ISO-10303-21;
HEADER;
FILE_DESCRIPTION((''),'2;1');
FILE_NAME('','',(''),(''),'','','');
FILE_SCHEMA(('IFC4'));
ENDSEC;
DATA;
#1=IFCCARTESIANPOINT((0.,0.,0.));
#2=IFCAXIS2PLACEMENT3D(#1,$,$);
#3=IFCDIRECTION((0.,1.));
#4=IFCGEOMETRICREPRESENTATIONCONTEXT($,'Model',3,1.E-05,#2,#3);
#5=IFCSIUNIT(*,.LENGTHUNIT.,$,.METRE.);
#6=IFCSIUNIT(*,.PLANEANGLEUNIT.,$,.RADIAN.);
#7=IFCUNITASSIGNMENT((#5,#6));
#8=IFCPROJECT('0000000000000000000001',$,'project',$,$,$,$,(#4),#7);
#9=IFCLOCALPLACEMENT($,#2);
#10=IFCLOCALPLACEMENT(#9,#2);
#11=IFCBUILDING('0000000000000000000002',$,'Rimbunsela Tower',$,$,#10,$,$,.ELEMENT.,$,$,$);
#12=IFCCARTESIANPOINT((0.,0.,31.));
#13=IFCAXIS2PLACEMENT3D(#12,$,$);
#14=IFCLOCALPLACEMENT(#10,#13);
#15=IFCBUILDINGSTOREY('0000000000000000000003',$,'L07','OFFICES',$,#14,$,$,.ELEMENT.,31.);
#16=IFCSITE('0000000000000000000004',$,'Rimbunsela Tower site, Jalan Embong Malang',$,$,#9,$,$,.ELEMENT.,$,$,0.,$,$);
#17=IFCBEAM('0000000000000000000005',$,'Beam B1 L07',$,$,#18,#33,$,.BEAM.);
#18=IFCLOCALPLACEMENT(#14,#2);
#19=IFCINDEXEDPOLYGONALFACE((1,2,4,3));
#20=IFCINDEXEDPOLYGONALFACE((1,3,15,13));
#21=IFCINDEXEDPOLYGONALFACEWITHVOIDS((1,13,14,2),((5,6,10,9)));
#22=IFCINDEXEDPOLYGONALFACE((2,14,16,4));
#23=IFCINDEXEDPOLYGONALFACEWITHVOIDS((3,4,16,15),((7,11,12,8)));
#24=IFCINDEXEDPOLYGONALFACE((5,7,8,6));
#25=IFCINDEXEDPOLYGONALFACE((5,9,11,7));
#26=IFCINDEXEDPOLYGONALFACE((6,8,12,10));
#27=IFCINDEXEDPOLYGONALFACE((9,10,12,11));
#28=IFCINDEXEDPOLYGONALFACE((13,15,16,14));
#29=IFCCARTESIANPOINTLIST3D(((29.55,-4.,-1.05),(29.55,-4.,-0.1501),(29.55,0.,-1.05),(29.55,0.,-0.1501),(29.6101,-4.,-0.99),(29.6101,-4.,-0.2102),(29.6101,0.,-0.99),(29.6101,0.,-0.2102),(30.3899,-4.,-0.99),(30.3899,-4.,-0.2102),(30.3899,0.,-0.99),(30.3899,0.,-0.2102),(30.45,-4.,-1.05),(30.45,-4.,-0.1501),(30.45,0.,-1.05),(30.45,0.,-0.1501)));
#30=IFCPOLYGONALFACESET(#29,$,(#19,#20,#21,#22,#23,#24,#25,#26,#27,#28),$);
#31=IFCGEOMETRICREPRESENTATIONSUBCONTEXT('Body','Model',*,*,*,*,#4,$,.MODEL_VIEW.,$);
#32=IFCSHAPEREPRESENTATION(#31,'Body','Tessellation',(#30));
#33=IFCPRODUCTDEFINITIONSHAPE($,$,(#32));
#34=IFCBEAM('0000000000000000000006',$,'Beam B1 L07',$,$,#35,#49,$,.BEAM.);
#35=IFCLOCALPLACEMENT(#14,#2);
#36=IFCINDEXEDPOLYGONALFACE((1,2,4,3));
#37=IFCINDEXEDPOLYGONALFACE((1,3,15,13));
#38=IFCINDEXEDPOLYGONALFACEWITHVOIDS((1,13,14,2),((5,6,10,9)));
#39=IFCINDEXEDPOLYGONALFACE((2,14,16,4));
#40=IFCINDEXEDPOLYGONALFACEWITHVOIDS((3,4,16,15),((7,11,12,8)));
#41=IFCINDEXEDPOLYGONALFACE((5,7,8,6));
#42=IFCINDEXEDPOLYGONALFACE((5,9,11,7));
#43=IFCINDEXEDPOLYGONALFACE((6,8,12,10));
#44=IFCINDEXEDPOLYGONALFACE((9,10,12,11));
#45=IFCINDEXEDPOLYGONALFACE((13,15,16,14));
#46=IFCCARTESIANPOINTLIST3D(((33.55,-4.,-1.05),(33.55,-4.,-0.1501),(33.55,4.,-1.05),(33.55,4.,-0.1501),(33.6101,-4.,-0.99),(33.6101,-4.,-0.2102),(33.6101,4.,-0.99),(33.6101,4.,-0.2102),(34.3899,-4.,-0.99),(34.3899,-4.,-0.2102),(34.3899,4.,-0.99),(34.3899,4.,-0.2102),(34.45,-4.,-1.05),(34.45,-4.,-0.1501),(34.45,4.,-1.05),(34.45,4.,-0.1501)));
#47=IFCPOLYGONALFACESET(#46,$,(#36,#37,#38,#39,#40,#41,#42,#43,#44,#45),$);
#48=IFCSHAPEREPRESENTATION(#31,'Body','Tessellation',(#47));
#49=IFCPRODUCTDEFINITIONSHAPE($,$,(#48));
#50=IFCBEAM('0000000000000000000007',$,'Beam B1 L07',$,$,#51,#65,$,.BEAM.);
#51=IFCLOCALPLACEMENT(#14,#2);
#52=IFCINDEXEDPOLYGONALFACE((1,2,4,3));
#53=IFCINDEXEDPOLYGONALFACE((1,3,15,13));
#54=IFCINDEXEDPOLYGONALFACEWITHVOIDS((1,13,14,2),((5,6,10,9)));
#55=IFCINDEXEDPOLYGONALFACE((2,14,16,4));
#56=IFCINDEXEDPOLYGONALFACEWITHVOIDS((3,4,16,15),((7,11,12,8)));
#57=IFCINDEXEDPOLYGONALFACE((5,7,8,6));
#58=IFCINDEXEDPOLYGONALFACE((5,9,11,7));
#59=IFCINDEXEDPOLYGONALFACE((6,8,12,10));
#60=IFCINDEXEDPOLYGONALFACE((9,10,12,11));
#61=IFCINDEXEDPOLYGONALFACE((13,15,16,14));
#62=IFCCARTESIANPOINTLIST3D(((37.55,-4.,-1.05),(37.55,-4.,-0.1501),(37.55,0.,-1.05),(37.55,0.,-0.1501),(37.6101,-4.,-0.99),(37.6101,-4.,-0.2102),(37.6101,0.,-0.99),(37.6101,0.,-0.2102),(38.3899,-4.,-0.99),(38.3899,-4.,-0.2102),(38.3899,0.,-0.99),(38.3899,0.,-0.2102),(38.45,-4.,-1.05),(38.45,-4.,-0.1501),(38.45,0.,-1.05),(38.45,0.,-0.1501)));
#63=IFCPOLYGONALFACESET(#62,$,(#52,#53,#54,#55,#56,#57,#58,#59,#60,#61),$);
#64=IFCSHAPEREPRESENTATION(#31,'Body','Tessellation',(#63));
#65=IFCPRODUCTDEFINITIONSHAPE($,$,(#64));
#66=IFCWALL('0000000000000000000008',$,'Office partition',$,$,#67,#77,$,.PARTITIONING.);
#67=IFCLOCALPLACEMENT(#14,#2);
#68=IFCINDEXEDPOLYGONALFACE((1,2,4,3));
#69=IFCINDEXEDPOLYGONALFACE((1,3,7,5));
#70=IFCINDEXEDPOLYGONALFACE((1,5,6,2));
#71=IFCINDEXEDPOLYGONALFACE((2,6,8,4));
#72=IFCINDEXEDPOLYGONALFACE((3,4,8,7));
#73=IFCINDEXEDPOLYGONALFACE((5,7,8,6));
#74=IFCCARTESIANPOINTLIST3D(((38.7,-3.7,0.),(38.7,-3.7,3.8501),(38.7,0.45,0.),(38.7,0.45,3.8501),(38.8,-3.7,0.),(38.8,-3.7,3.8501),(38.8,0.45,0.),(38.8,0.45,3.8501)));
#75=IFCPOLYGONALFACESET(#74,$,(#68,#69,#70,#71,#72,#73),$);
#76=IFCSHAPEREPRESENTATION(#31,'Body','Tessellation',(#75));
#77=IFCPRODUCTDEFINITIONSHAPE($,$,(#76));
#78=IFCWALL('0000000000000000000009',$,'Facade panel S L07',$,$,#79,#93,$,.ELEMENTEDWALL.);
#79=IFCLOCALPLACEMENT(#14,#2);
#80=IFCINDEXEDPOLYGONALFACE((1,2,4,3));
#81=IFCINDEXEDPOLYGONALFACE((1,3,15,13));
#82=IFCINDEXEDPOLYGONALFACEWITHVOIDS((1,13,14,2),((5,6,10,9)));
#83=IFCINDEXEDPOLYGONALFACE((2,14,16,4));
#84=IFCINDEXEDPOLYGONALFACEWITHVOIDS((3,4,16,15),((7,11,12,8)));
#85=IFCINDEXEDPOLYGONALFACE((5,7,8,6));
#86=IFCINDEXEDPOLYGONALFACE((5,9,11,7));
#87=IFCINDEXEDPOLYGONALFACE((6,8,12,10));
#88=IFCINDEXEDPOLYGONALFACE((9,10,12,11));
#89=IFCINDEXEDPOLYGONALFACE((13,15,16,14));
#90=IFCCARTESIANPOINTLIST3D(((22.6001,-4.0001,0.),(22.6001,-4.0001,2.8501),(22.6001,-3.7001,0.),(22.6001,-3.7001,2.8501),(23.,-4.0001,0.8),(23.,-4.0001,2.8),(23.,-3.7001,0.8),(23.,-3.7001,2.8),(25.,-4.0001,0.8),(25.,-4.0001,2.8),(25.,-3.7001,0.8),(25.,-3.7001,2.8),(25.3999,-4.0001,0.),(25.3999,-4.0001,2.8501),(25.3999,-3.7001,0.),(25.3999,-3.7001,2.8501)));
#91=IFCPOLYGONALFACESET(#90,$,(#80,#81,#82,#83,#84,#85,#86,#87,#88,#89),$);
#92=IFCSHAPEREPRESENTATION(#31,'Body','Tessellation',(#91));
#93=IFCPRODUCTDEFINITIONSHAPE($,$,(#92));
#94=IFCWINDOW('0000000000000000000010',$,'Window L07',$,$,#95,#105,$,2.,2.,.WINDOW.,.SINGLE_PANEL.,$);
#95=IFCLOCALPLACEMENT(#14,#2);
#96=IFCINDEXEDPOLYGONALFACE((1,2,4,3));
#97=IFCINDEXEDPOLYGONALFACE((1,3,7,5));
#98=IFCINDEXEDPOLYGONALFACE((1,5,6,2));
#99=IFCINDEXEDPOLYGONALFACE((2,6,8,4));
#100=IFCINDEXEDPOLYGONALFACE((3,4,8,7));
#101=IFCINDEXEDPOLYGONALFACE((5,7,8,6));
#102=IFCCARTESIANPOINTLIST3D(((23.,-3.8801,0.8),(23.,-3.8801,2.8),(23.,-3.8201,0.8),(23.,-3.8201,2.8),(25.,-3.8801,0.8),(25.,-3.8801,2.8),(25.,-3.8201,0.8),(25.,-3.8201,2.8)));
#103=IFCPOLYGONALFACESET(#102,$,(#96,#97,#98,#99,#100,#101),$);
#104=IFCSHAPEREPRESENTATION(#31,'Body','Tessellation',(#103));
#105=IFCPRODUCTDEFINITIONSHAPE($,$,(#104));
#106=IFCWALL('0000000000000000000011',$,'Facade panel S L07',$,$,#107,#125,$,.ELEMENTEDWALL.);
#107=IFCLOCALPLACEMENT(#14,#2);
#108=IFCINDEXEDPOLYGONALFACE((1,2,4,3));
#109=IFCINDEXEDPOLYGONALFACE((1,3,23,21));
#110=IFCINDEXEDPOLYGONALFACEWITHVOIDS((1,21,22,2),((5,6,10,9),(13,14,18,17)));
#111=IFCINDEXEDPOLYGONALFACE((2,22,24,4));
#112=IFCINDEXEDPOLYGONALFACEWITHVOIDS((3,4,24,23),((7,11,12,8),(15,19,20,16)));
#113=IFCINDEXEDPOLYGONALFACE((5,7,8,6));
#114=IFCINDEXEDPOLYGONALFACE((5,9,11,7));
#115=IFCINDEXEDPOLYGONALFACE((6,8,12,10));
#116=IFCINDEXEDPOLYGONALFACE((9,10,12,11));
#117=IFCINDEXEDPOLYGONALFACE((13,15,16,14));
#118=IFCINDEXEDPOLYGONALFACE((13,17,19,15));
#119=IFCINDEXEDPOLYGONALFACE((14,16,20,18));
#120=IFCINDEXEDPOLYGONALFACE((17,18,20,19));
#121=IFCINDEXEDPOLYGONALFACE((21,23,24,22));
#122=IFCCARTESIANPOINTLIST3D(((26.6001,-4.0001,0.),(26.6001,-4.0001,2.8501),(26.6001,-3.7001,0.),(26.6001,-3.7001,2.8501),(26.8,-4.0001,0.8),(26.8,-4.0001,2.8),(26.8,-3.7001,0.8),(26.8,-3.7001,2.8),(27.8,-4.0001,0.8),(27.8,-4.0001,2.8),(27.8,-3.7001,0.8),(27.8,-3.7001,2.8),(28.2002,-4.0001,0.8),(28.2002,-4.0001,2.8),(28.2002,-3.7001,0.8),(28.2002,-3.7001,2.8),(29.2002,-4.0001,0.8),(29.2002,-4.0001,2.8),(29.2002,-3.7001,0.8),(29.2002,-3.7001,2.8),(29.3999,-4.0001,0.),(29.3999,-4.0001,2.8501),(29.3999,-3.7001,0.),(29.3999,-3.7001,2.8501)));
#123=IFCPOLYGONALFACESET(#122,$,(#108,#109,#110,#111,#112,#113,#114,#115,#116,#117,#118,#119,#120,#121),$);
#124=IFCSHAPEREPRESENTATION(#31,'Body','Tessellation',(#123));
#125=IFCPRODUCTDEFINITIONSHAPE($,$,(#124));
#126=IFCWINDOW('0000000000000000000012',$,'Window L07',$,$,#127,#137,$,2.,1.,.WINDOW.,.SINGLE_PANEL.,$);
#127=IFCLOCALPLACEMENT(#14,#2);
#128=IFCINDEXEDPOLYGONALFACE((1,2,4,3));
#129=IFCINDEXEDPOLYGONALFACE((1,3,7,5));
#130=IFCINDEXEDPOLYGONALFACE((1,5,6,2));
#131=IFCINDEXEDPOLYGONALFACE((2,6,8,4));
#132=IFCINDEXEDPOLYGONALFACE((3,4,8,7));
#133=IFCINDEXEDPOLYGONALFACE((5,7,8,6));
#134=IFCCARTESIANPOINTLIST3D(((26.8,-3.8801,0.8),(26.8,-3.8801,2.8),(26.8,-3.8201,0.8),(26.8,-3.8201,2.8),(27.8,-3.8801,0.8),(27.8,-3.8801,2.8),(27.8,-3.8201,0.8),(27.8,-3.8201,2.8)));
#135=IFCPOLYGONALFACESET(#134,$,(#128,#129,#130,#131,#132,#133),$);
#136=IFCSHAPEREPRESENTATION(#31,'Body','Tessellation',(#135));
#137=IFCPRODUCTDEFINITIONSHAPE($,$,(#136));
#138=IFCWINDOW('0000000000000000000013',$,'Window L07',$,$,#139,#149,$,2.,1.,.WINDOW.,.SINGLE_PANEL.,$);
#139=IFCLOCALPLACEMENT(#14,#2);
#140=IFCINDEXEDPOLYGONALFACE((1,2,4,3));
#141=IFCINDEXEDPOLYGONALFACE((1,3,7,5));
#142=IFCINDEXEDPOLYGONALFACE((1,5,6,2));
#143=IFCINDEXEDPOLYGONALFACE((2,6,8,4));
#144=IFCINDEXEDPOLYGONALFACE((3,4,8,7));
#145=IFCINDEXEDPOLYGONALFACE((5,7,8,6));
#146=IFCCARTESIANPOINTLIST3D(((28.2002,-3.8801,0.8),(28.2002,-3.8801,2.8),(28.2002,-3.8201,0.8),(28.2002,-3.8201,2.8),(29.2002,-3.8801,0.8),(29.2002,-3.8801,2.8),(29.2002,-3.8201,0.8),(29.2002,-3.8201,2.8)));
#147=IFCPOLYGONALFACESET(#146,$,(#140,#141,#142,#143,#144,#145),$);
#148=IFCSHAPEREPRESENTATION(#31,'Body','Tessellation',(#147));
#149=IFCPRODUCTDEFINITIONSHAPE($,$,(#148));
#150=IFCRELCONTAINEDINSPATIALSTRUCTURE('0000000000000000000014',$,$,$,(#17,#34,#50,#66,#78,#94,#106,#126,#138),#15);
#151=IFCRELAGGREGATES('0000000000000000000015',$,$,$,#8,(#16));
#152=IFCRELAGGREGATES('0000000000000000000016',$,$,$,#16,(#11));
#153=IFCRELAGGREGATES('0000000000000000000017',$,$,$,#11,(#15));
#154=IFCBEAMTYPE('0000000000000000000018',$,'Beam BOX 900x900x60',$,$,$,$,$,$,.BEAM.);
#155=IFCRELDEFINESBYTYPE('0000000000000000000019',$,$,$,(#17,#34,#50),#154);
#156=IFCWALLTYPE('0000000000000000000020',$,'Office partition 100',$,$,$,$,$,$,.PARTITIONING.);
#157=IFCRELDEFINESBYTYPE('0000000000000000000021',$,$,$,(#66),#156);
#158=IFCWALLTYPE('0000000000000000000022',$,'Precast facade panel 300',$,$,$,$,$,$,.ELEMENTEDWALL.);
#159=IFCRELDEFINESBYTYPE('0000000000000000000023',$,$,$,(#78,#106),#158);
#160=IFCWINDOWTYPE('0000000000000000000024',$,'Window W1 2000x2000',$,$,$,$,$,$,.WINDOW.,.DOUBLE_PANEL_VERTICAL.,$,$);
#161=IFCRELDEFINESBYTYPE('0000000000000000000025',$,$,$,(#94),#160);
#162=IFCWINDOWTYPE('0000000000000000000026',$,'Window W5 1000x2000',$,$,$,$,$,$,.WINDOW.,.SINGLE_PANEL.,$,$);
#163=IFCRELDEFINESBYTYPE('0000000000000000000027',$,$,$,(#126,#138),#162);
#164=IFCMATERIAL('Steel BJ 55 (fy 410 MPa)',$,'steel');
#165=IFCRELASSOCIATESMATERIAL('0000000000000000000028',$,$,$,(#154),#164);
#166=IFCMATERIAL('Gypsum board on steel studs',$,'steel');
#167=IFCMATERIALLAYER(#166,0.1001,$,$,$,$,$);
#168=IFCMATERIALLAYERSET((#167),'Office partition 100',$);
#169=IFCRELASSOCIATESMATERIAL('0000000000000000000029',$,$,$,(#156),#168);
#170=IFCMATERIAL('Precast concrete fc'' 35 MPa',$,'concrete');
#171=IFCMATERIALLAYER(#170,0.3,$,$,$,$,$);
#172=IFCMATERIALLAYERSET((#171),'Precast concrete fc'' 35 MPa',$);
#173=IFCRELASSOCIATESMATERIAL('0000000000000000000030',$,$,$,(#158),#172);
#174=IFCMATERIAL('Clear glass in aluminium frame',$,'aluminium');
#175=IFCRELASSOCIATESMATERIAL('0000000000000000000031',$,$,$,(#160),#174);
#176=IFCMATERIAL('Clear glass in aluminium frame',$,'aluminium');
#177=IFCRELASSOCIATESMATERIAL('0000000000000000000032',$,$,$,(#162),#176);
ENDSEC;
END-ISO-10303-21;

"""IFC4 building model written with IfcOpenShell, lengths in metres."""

from ifc_helpers import new_model, si_unit, direction, frame, frame_2d, origin, origin_2d, place, context, subcontext, project, spatial, rectangle, hollow_rectangle, extrude, material, layer, layer_set, material_profile, profile_set, type_object, element, fill, save


model = new_model("IFC4")

# Units and contexts
model_context = context("Model", 3, precision=1e-05, world=origin(), true_north=direction((0.0, 1.0)))
body_context = subcontext(model_context, "Body", "Model", "MODEL_VIEW")
ifc_project = project(units=[si_unit("LENGTHUNIT", "METRE"), si_unit("PLANEANGLEUNIT", "RADIAN")], contexts=[model_context])

# Site, building, storey
site_placement = place(None, origin())
site = spatial("IfcSite", under=ifc_project, at=site_placement, Name="Rimbunsela Tower site, Jalan Embong Malang", CompositionType="ELEMENT", RefElevation=0.0)
building_placement = place(site_placement, origin())
building = spatial("IfcBuilding", under=site, at=building_placement, Name="Rimbunsela Tower", CompositionType="ELEMENT")
storey_placement = place(building_placement, frame((0.0, 0.0, 31.0)))
storey = spatial("IfcBuildingStorey", under=building, at=storey_placement, Name="L07", Description="OFFICES", CompositionType="ELEMENT", Elevation=31.0)

# Beams
ifc_material_1 = material(Name="Steel BJ 55 (fy 410 MPa)", Category="steel")
ifc_material_profile_1 = material_profile(ifc_material_1, hollow_rectangle(XDim=0.8999, YDim=0.8999, WallThickness=0.0601, at=origin_2d()), Name="BOX 900x900x60")
ifc_profile_set_1 = profile_set([ifc_material_profile_1], Name="Steel BJ 55 (fy 410 MPa)")
beam_type_1 = type_object("IfcBeamType", Name="Beam BOX 900x900x60", PredefinedType="BEAM", material=ifc_profile_set_1)
beam_1_placement = place(storey_placement, frame((30.0, -4.0, -0.6001), z_axis=(0.0, 1.0, 0.0), x_axis=(-1.0, 0.0, 0.0)))
element("IfcBeam", 1, at=beam_1_placement, inside=storey, type_object=beam_type_1, Name="Beam B1 L07", PredefinedType="BEAM", context=body_context, shape_type="SweptSolid", body=[
    extrude(hollow_rectangle(XDim=0.8999, YDim=0.8999, WallThickness=0.0601, at=origin_2d()), origin(), (0.0, 0.0, 1.0), 4.0),
])
beam_2_placement = place(storey_placement, frame((34.0, -4.0, -0.6001), z_axis=(0.0, 1.0, 0.0), x_axis=(-1.0, 0.0, 0.0)))
element("IfcBeam", 2, at=beam_2_placement, inside=storey, type_object=beam_type_1, Name="Beam B1 L07", PredefinedType="BEAM", context=body_context, shape_type="SweptSolid", body=[
    extrude(hollow_rectangle(XDim=0.8999, YDim=0.8999, WallThickness=0.0601, at=origin_2d()), origin(), (0.0, 0.0, 1.0), 8.0),
])
beam_3_placement = place(storey_placement, frame((38.0, -4.0, -0.6001), z_axis=(0.0, 1.0, 0.0), x_axis=(-1.0, 0.0, 0.0)))
element("IfcBeam", 3, at=beam_3_placement, inside=storey, type_object=beam_type_1, Name="Beam B1 L07", PredefinedType="BEAM", context=body_context, shape_type="SweptSolid", body=[
    extrude(hollow_rectangle(XDim=0.8999, YDim=0.8999, WallThickness=0.0601, at=origin_2d()), origin(), (0.0, 0.0, 1.0), 4.0),
])

# Wall
ifc_material_2 = material(Name="Gypsum board on steel studs", Category="steel")
ifc_layer_1 = layer(ifc_material_2, 0.1001)
ifc_layer_set_1 = layer_set([ifc_layer_1], Name="Office partition 100")
wall_type_1 = type_object("IfcWallType", Name="Office partition 100", PredefinedType="PARTITIONING", material=ifc_layer_set_1)
wall_1_placement = place(storey_placement, frame((38.75, -3.7, 0.0), z_axis=(0.0, 0.0, 1.0), x_axis=(0.0, 1.0, 0.0)))
element("IfcWall", 4, at=wall_1_placement, inside=storey, type_object=wall_type_1, Name="Office partition", PredefinedType="PARTITIONING", context=body_context, shape_type="SweptSolid", body=[
    extrude(rectangle(XDim=4.1499, YDim=0.1001, at=frame_2d((2.075, 0.0))), origin(), (0.0, 0.0, 1.0), 3.8501),
])

# Wall, opening, window
ifc_material_3 = material(Name="Precast concrete fc' 35 MPa", Category="concrete")
ifc_layer_2 = layer(ifc_material_3, 0.3)
ifc_layer_set_2 = layer_set([ifc_layer_2], Name="Precast concrete fc' 35 MPa")
wall_type_2 = type_object("IfcWallType", Name="Precast facade panel 300", PredefinedType="ELEMENTEDWALL", material=ifc_layer_set_2)
wall_2_placement = place(storey_placement, frame((22.6001, -3.8501, 0.0), z_axis=(0.0, 0.0, 1.0), x_axis=(1.0, 0.0, 0.0)))
wall_2 = element("IfcWall", 5, at=wall_2_placement, inside=storey, type_object=wall_type_2, Name="Facade panel S L07", PredefinedType="ELEMENTEDWALL", context=body_context, shape_type="SweptSolid", body=[
    extrude(rectangle(XDim=2.7998, YDim=0.3, at=frame_2d((1.3999, 0.0))), origin(), (0.0, 0.0, 1.0), 2.8501),
])
opening_1_placement = place(wall_2_placement, frame((0.3999, 0.0, 0.8)))
opening_1 = element("IfcOpeningElement", 6, at=opening_1_placement, cuts=wall_2, PredefinedType="OPENING", context=body_context, shape_type="SweptSolid", body=[
    extrude(rectangle(XDim=2.0, YDim=2.0, at=frame_2d((1.0, 1.0))), frame((0.0, 0.1599, 0.0), z_axis=(0.0, -1.0, 0.0), x_axis=(1.0, 0.0, 0.0)), (0.0, 0.0, 1.0), 0.3201),
])
ifc_material_4 = material(Name="Clear glass in aluminium frame", Category="aluminium")
window_type_1 = type_object("IfcWindowType", Name="Window W1 2000x2000", PartitioningType="DOUBLE_PANEL_VERTICAL", PredefinedType="WINDOW", material=ifc_material_4)
window_1_placement = place(opening_1_placement, origin())
window_1 = element("IfcWindow", 7, at=window_1_placement, inside=storey, type_object=window_type_1, Name="Window L07", OverallHeight=2.0, OverallWidth=2.0, PartitioningType="SINGLE_PANEL", PredefinedType="WINDOW", context=body_context, shape_type="SweptSolid", body=[
    extrude(rectangle(XDim=2.0, YDim=2.0, at=frame_2d((1.0, 1.0))), frame((0.0, 0.03, 0.0), z_axis=(0.0, -1.0, 0.0), x_axis=(1.0, 0.0, 0.0)), (0.0, 0.0, 1.0), 0.0601),
])
fill(opening_1, window_1)

# Wall, openings, windows
wall_3_placement = place(storey_placement, frame((26.6001, -3.8501, 0.0), z_axis=(0.0, 0.0, 1.0), x_axis=(1.0, 0.0, 0.0)))
wall_3 = element("IfcWall", 8, at=wall_3_placement, inside=storey, type_object=wall_type_2, Name="Facade panel S L07", PredefinedType="ELEMENTEDWALL", context=body_context, shape_type="SweptSolid", body=[
    extrude(rectangle(XDim=2.7998, YDim=0.3, at=frame_2d((1.3999, 0.0))), origin(), (0.0, 0.0, 1.0), 2.8501),
])
opening_2_placement = place(wall_3_placement, frame((0.2, 0.0, 0.8)))
opening_2 = element("IfcOpeningElement", 9, at=opening_2_placement, cuts=wall_3, PredefinedType="OPENING", context=body_context, shape_type="SweptSolid", body=[
    extrude(rectangle(XDim=1.0, YDim=2.0, at=frame_2d((0.5, 1.0))), frame((0.0, 0.1599, 0.0), z_axis=(0.0, -1.0, 0.0), x_axis=(1.0, 0.0, 0.0)), (0.0, 0.0, 1.0), 0.3201),
])
opening_3_placement = place(wall_3_placement, frame((1.6001, 0.0, 0.8)))
opening_3 = element("IfcOpeningElement", 10, at=opening_3_placement, cuts=wall_3, PredefinedType="OPENING", context=body_context, shape_type="SweptSolid", body=[
    extrude(rectangle(XDim=1.0, YDim=2.0, at=frame_2d((0.5, 1.0))), frame((0.0, 0.1599, 0.0), z_axis=(0.0, -1.0, 0.0), x_axis=(1.0, 0.0, 0.0)), (0.0, 0.0, 1.0), 0.3201),
])
ifc_material_5 = material(Name="Clear glass in aluminium frame", Category="aluminium")
window_type_2 = type_object("IfcWindowType", Name="Window W5 1000x2000", PartitioningType="SINGLE_PANEL", PredefinedType="WINDOW", material=ifc_material_5)
window_2_placement = place(opening_2_placement, origin())
window_2 = element("IfcWindow", 11, at=window_2_placement, inside=storey, type_object=window_type_2, Name="Window L07", OverallHeight=2.0, OverallWidth=1.0, PartitioningType="SINGLE_PANEL", PredefinedType="WINDOW", context=body_context, shape_type="SweptSolid", body=[
    extrude(rectangle(XDim=1.0, YDim=2.0, at=frame_2d((0.5, 1.0))), frame((0.0, 0.03, 0.0), z_axis=(0.0, -1.0, 0.0), x_axis=(1.0, 0.0, 0.0)), (0.0, 0.0, 1.0), 0.0601),
])
fill(opening_2, window_2)
window_3_placement = place(opening_3_placement, origin())
window_3 = element("IfcWindow", 12, at=window_3_placement, inside=storey, type_object=window_type_2, Name="Window L07", OverallHeight=2.0, OverallWidth=1.0, PartitioningType="SINGLE_PANEL", PredefinedType="WINDOW", context=body_context, shape_type="SweptSolid", body=[
    extrude(rectangle(XDim=1.0, YDim=2.0, at=frame_2d((0.5, 1.0))), frame((0.0, 0.03, 0.0), z_axis=(0.0, -1.0, 0.0), x_axis=(1.0, 0.0, 0.0)), (0.0, 0.0, 1.0), 0.0601),
])
fill(opening_3, window_3)

save(model, "model.ifc")
